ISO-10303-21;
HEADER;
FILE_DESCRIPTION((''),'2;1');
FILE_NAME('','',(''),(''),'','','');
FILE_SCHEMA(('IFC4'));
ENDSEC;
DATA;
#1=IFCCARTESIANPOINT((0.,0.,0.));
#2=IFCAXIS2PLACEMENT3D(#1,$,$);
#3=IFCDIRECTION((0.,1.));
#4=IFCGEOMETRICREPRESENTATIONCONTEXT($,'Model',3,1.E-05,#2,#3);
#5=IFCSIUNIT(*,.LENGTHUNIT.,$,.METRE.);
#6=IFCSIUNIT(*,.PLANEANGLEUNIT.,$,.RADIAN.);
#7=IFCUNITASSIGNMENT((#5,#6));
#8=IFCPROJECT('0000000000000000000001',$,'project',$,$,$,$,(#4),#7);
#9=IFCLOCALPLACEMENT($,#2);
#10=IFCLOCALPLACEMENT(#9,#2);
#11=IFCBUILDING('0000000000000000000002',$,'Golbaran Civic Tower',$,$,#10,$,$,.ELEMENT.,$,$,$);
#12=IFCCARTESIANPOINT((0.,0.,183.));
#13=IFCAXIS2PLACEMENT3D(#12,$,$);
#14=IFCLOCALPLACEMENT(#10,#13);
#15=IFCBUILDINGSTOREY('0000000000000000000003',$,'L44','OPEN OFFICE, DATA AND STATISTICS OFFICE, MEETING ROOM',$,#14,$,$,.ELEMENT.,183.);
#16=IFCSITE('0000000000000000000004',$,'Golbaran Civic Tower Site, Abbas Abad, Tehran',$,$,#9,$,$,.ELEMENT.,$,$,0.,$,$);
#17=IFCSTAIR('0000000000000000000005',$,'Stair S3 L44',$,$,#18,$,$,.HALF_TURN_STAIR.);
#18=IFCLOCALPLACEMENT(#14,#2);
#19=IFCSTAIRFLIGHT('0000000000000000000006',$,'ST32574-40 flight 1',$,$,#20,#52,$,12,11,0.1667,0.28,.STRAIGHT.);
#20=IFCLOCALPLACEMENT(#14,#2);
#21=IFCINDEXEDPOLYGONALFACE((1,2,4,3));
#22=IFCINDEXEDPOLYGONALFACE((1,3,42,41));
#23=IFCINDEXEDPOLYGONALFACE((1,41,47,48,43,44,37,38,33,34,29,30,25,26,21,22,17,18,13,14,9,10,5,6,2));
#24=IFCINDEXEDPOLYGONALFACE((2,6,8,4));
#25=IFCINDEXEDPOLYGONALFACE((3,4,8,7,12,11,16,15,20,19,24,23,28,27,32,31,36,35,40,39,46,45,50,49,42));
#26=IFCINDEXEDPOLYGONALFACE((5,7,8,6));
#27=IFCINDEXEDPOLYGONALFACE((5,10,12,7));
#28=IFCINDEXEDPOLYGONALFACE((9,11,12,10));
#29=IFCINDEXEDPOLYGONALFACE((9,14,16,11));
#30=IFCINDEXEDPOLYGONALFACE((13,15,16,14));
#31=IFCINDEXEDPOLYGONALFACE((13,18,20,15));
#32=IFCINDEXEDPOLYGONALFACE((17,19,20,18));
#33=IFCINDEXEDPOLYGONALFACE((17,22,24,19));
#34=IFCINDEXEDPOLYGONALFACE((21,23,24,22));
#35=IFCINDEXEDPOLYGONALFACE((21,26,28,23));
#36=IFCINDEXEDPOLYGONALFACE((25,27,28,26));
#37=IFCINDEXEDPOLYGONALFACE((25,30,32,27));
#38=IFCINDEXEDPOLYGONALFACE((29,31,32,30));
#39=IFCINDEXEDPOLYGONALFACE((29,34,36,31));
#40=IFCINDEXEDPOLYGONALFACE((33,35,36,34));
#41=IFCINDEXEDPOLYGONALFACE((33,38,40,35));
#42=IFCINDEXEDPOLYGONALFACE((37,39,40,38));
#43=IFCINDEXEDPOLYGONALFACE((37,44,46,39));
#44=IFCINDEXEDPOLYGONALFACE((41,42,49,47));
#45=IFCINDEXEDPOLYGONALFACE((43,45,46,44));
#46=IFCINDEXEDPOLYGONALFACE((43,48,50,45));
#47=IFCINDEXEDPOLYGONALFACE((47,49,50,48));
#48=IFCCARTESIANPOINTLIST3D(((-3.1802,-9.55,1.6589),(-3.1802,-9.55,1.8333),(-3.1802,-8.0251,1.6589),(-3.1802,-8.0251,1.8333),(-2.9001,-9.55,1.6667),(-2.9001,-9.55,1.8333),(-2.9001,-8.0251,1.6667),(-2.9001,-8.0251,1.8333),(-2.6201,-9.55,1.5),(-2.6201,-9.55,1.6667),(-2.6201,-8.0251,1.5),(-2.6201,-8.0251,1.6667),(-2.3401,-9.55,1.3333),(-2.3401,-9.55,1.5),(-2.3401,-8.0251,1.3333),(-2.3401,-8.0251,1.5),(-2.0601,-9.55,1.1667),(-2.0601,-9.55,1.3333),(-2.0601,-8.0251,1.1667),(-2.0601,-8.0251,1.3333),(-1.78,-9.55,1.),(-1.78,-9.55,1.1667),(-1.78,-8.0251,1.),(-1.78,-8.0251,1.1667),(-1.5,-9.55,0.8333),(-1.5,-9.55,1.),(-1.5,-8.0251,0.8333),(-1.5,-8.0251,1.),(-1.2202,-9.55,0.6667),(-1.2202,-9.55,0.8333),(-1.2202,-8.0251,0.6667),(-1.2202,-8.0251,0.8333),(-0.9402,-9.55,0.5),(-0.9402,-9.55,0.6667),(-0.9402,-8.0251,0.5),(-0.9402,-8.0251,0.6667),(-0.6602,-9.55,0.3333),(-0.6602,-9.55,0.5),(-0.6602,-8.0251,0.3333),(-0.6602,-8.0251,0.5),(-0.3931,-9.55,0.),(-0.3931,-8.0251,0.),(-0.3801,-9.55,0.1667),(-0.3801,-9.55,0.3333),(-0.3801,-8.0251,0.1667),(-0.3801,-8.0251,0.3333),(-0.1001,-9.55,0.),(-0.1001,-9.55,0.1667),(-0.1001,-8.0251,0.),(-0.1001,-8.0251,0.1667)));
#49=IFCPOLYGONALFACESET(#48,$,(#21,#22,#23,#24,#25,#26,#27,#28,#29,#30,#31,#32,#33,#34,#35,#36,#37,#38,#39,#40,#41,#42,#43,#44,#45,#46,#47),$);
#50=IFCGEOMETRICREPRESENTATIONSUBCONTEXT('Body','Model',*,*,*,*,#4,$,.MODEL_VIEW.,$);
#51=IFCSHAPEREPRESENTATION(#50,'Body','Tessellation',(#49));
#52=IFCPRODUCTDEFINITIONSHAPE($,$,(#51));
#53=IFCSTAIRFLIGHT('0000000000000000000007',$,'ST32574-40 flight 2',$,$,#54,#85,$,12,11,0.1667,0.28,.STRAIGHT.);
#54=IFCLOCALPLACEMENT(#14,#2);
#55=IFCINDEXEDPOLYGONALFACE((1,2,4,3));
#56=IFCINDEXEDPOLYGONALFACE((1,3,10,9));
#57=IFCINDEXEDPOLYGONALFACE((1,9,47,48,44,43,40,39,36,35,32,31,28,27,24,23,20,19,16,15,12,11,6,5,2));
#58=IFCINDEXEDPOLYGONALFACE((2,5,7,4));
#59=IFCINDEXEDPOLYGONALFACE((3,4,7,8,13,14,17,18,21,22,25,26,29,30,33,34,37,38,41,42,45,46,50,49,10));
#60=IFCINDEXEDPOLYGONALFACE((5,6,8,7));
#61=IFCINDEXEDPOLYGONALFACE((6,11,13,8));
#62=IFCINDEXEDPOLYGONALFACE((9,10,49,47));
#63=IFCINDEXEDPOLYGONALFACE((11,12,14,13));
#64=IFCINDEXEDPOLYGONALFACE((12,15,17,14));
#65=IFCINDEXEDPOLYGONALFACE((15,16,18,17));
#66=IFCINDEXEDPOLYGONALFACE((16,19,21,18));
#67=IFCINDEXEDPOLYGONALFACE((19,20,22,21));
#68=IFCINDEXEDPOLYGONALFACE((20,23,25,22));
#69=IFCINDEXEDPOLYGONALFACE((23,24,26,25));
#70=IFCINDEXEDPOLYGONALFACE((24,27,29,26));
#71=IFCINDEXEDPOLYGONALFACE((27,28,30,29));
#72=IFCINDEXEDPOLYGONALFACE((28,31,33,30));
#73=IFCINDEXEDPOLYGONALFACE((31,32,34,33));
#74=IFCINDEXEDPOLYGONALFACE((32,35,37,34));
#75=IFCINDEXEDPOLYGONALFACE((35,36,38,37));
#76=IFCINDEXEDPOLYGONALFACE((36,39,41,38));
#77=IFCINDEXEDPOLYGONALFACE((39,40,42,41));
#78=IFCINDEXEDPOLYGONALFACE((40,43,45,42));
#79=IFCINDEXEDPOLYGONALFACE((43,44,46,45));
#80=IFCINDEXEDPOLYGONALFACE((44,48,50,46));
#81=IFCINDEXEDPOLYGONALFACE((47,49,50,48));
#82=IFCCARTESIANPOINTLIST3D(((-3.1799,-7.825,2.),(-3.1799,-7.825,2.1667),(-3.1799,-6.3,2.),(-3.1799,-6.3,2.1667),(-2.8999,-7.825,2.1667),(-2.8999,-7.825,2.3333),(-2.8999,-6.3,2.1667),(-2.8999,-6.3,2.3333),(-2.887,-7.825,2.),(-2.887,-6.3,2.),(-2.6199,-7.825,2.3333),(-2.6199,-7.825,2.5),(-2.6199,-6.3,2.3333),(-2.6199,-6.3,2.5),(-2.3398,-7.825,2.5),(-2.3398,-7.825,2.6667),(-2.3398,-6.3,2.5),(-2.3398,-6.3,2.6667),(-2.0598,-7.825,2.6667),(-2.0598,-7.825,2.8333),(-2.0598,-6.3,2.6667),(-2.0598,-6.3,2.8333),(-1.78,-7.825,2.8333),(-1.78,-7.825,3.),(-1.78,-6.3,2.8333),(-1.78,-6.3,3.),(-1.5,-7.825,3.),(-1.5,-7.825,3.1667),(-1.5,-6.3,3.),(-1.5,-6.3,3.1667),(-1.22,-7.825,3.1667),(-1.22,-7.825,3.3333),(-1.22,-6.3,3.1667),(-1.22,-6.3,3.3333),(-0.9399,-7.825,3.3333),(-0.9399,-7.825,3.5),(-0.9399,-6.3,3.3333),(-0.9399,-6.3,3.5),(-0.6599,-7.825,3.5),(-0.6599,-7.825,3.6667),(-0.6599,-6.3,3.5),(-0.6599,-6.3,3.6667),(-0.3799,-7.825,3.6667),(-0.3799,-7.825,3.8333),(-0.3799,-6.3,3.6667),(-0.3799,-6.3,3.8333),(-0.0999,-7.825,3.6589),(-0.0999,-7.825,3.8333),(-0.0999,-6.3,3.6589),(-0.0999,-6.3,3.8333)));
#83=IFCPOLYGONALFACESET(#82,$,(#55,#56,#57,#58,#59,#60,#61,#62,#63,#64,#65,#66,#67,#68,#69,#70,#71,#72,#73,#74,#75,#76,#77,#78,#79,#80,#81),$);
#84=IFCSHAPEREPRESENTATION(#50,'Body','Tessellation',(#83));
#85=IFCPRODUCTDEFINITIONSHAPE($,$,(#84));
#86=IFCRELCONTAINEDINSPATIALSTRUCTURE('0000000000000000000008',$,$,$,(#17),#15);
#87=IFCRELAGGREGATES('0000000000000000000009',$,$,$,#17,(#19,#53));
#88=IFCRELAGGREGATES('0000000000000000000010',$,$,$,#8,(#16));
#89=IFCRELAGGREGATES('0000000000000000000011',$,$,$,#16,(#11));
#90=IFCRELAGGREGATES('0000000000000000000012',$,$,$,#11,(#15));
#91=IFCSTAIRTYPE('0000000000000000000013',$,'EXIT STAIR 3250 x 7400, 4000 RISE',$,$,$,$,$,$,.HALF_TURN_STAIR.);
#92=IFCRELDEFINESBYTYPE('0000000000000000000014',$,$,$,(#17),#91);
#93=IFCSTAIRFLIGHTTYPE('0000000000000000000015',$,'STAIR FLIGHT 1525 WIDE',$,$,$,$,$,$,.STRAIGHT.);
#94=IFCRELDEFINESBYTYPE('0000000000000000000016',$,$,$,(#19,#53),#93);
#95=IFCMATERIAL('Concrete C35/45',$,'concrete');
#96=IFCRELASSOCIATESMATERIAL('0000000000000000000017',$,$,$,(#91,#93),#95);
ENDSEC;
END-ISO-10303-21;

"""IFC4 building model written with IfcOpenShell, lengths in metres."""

from ifc_helpers import new_model, si_unit, direction, frame, origin, place, context, subcontext, project, spatial, polyline, outline, extrude, material, type_object, element, aggregate, save


model = new_model("IFC4")

# Units and contexts
model_context = context("Model", 3, precision=1e-05, world=origin(), true_north=direction((0.0, 1.0)))
body_context = subcontext(model_context, "Body", "Model", "MODEL_VIEW")
ifc_project = project(units=[si_unit("LENGTHUNIT", "METRE"), si_unit("PLANEANGLEUNIT", "RADIAN")], contexts=[model_context])

# Site, building, storey
site_placement = place(None, origin())
site = spatial("IfcSite", under=ifc_project, at=site_placement, Name="Golbaran Civic Tower Site, Abbas Abad, Tehran", CompositionType="ELEMENT", RefElevation=0.0)
building_placement = place(site_placement, origin())
building = spatial("IfcBuilding", under=site, at=building_placement, Name="Golbaran Civic Tower", CompositionType="ELEMENT")
storey_placement = place(building_placement, frame((0.0, 0.0, 183.0)))
storey = spatial("IfcBuildingStorey", under=building, at=storey_placement, Name="L44", Description="OPEN OFFICE, DATA AND STATISTICS OFFICE, MEETING ROOM", CompositionType="ELEMENT", Elevation=183.0)

# Stair, stair flights
ifc_material_1 = material(Name="Concrete C35/45", Category="concrete")
stair_type = type_object("IfcStairType", Name="EXIT STAIR 3250 x 7400, 4000 RISE", PredefinedType="HALF_TURN_STAIR", material=ifc_material_1)
stair_placement = place(storey_placement, origin())
stair = element("IfcStair", 1, at=stair_placement, inside=storey, type_object=stair_type, Name="Stair S3 L44", PredefinedType="HALF_TURN_STAIR")
stair_flight_type = type_object("IfcStairFlightType", Name="STAIR FLIGHT 1525 WIDE", PredefinedType="STRAIGHT", material=ifc_material_1)
stair_flight_1_placement = place(storey_placement, frame((-0.1001, -8.7876, 0.0), z_axis=(0.0, 0.0, 1.0), x_axis=(-1.0, 0.0, 0.0)))
stair_flight_1 = element("IfcStairFlight", 2, at=stair_flight_1_placement, type_object=stair_flight_type, Name="ST32574-40 flight 1", NumberOfRisers=12, NumberOfTreads=11, PredefinedType="STRAIGHT", RiserHeight=0.1667, TreadLength=0.28, context=body_context, shape_type="SweptSolid", body=[
    extrude(outline(polyline([(0.0, 0.0), (0.0, 0.1667), (0.28, 0.1667), (0.28, 0.3333), (0.5601, 0.3333), (0.5601, 0.5), (0.8401, 0.5), (0.8401, 0.6667), (1.1201, 0.6667), (1.1201, 0.8333), (1.3999, 0.8333), (1.3999, 1.0), (1.6799, 1.0), (1.6799, 1.1667), (1.96, 1.1667), (1.96, 1.3333), (2.24, 1.3333), (2.24, 1.5), (2.52, 1.5), (2.52, 1.6667), (2.8, 1.6667), (2.8, 1.8333), (3.0801, 1.8333), (3.0801, 2.0), (3.0801, 1.6589), (0.293, 0.0), (0.0, 0.0)])), frame((0.0, 0.7625, 0.0), z_axis=(0.0, -1.0, 0.0), x_axis=(1.0, 0.0, 0.0)), (0.0, 0.0, 1.0), 1.5249),
])
stair_flight_2_placement = place(storey_placement, frame((-3.1799, -7.0625, 2.0), z_axis=(0.0, 0.0, 1.0), x_axis=(1.0, 0.0, 0.0)))
stair_flight_2 = element("IfcStairFlight", 3, at=stair_flight_2_placement, type_object=stair_flight_type, Name="ST32574-40 flight 2", NumberOfRisers=12, NumberOfTreads=11, PredefinedType="STRAIGHT", RiserHeight=0.1667, TreadLength=0.28, context=body_context, shape_type="SweptSolid", body=[
    extrude(outline(polyline([(0.0, 0.0), (0.0, 0.1667), (0.28, 0.1667), (0.28, 0.3333), (0.5601, 0.3333), (0.5601, 0.5), (0.8401, 0.5), (0.8401, 0.6667), (1.1201, 0.6667), (1.1201, 0.8333), (1.3999, 0.8333), (1.3999, 1.0), (1.6799, 1.0), (1.6799, 1.1667), (1.96, 1.1667), (1.96, 1.3333), (2.24, 1.3333), (2.24, 1.5), (2.52, 1.5), (2.52, 1.6667), (2.8, 1.6667), (2.8, 1.8333), (3.0801, 1.8333), (3.0801, 2.0), (3.0801, 1.6589), (0.293, 0.0), (0.0, 0.0)])), frame((0.0, 0.7625, 0.0), z_axis=(0.0, -1.0, 0.0), x_axis=(1.0, 0.0, 0.0)), (0.0, 0.0, 1.0), 1.5249),
])
aggregate(stair, [stair_flight_1, stair_flight_2])

save(model, "model.ifc")
